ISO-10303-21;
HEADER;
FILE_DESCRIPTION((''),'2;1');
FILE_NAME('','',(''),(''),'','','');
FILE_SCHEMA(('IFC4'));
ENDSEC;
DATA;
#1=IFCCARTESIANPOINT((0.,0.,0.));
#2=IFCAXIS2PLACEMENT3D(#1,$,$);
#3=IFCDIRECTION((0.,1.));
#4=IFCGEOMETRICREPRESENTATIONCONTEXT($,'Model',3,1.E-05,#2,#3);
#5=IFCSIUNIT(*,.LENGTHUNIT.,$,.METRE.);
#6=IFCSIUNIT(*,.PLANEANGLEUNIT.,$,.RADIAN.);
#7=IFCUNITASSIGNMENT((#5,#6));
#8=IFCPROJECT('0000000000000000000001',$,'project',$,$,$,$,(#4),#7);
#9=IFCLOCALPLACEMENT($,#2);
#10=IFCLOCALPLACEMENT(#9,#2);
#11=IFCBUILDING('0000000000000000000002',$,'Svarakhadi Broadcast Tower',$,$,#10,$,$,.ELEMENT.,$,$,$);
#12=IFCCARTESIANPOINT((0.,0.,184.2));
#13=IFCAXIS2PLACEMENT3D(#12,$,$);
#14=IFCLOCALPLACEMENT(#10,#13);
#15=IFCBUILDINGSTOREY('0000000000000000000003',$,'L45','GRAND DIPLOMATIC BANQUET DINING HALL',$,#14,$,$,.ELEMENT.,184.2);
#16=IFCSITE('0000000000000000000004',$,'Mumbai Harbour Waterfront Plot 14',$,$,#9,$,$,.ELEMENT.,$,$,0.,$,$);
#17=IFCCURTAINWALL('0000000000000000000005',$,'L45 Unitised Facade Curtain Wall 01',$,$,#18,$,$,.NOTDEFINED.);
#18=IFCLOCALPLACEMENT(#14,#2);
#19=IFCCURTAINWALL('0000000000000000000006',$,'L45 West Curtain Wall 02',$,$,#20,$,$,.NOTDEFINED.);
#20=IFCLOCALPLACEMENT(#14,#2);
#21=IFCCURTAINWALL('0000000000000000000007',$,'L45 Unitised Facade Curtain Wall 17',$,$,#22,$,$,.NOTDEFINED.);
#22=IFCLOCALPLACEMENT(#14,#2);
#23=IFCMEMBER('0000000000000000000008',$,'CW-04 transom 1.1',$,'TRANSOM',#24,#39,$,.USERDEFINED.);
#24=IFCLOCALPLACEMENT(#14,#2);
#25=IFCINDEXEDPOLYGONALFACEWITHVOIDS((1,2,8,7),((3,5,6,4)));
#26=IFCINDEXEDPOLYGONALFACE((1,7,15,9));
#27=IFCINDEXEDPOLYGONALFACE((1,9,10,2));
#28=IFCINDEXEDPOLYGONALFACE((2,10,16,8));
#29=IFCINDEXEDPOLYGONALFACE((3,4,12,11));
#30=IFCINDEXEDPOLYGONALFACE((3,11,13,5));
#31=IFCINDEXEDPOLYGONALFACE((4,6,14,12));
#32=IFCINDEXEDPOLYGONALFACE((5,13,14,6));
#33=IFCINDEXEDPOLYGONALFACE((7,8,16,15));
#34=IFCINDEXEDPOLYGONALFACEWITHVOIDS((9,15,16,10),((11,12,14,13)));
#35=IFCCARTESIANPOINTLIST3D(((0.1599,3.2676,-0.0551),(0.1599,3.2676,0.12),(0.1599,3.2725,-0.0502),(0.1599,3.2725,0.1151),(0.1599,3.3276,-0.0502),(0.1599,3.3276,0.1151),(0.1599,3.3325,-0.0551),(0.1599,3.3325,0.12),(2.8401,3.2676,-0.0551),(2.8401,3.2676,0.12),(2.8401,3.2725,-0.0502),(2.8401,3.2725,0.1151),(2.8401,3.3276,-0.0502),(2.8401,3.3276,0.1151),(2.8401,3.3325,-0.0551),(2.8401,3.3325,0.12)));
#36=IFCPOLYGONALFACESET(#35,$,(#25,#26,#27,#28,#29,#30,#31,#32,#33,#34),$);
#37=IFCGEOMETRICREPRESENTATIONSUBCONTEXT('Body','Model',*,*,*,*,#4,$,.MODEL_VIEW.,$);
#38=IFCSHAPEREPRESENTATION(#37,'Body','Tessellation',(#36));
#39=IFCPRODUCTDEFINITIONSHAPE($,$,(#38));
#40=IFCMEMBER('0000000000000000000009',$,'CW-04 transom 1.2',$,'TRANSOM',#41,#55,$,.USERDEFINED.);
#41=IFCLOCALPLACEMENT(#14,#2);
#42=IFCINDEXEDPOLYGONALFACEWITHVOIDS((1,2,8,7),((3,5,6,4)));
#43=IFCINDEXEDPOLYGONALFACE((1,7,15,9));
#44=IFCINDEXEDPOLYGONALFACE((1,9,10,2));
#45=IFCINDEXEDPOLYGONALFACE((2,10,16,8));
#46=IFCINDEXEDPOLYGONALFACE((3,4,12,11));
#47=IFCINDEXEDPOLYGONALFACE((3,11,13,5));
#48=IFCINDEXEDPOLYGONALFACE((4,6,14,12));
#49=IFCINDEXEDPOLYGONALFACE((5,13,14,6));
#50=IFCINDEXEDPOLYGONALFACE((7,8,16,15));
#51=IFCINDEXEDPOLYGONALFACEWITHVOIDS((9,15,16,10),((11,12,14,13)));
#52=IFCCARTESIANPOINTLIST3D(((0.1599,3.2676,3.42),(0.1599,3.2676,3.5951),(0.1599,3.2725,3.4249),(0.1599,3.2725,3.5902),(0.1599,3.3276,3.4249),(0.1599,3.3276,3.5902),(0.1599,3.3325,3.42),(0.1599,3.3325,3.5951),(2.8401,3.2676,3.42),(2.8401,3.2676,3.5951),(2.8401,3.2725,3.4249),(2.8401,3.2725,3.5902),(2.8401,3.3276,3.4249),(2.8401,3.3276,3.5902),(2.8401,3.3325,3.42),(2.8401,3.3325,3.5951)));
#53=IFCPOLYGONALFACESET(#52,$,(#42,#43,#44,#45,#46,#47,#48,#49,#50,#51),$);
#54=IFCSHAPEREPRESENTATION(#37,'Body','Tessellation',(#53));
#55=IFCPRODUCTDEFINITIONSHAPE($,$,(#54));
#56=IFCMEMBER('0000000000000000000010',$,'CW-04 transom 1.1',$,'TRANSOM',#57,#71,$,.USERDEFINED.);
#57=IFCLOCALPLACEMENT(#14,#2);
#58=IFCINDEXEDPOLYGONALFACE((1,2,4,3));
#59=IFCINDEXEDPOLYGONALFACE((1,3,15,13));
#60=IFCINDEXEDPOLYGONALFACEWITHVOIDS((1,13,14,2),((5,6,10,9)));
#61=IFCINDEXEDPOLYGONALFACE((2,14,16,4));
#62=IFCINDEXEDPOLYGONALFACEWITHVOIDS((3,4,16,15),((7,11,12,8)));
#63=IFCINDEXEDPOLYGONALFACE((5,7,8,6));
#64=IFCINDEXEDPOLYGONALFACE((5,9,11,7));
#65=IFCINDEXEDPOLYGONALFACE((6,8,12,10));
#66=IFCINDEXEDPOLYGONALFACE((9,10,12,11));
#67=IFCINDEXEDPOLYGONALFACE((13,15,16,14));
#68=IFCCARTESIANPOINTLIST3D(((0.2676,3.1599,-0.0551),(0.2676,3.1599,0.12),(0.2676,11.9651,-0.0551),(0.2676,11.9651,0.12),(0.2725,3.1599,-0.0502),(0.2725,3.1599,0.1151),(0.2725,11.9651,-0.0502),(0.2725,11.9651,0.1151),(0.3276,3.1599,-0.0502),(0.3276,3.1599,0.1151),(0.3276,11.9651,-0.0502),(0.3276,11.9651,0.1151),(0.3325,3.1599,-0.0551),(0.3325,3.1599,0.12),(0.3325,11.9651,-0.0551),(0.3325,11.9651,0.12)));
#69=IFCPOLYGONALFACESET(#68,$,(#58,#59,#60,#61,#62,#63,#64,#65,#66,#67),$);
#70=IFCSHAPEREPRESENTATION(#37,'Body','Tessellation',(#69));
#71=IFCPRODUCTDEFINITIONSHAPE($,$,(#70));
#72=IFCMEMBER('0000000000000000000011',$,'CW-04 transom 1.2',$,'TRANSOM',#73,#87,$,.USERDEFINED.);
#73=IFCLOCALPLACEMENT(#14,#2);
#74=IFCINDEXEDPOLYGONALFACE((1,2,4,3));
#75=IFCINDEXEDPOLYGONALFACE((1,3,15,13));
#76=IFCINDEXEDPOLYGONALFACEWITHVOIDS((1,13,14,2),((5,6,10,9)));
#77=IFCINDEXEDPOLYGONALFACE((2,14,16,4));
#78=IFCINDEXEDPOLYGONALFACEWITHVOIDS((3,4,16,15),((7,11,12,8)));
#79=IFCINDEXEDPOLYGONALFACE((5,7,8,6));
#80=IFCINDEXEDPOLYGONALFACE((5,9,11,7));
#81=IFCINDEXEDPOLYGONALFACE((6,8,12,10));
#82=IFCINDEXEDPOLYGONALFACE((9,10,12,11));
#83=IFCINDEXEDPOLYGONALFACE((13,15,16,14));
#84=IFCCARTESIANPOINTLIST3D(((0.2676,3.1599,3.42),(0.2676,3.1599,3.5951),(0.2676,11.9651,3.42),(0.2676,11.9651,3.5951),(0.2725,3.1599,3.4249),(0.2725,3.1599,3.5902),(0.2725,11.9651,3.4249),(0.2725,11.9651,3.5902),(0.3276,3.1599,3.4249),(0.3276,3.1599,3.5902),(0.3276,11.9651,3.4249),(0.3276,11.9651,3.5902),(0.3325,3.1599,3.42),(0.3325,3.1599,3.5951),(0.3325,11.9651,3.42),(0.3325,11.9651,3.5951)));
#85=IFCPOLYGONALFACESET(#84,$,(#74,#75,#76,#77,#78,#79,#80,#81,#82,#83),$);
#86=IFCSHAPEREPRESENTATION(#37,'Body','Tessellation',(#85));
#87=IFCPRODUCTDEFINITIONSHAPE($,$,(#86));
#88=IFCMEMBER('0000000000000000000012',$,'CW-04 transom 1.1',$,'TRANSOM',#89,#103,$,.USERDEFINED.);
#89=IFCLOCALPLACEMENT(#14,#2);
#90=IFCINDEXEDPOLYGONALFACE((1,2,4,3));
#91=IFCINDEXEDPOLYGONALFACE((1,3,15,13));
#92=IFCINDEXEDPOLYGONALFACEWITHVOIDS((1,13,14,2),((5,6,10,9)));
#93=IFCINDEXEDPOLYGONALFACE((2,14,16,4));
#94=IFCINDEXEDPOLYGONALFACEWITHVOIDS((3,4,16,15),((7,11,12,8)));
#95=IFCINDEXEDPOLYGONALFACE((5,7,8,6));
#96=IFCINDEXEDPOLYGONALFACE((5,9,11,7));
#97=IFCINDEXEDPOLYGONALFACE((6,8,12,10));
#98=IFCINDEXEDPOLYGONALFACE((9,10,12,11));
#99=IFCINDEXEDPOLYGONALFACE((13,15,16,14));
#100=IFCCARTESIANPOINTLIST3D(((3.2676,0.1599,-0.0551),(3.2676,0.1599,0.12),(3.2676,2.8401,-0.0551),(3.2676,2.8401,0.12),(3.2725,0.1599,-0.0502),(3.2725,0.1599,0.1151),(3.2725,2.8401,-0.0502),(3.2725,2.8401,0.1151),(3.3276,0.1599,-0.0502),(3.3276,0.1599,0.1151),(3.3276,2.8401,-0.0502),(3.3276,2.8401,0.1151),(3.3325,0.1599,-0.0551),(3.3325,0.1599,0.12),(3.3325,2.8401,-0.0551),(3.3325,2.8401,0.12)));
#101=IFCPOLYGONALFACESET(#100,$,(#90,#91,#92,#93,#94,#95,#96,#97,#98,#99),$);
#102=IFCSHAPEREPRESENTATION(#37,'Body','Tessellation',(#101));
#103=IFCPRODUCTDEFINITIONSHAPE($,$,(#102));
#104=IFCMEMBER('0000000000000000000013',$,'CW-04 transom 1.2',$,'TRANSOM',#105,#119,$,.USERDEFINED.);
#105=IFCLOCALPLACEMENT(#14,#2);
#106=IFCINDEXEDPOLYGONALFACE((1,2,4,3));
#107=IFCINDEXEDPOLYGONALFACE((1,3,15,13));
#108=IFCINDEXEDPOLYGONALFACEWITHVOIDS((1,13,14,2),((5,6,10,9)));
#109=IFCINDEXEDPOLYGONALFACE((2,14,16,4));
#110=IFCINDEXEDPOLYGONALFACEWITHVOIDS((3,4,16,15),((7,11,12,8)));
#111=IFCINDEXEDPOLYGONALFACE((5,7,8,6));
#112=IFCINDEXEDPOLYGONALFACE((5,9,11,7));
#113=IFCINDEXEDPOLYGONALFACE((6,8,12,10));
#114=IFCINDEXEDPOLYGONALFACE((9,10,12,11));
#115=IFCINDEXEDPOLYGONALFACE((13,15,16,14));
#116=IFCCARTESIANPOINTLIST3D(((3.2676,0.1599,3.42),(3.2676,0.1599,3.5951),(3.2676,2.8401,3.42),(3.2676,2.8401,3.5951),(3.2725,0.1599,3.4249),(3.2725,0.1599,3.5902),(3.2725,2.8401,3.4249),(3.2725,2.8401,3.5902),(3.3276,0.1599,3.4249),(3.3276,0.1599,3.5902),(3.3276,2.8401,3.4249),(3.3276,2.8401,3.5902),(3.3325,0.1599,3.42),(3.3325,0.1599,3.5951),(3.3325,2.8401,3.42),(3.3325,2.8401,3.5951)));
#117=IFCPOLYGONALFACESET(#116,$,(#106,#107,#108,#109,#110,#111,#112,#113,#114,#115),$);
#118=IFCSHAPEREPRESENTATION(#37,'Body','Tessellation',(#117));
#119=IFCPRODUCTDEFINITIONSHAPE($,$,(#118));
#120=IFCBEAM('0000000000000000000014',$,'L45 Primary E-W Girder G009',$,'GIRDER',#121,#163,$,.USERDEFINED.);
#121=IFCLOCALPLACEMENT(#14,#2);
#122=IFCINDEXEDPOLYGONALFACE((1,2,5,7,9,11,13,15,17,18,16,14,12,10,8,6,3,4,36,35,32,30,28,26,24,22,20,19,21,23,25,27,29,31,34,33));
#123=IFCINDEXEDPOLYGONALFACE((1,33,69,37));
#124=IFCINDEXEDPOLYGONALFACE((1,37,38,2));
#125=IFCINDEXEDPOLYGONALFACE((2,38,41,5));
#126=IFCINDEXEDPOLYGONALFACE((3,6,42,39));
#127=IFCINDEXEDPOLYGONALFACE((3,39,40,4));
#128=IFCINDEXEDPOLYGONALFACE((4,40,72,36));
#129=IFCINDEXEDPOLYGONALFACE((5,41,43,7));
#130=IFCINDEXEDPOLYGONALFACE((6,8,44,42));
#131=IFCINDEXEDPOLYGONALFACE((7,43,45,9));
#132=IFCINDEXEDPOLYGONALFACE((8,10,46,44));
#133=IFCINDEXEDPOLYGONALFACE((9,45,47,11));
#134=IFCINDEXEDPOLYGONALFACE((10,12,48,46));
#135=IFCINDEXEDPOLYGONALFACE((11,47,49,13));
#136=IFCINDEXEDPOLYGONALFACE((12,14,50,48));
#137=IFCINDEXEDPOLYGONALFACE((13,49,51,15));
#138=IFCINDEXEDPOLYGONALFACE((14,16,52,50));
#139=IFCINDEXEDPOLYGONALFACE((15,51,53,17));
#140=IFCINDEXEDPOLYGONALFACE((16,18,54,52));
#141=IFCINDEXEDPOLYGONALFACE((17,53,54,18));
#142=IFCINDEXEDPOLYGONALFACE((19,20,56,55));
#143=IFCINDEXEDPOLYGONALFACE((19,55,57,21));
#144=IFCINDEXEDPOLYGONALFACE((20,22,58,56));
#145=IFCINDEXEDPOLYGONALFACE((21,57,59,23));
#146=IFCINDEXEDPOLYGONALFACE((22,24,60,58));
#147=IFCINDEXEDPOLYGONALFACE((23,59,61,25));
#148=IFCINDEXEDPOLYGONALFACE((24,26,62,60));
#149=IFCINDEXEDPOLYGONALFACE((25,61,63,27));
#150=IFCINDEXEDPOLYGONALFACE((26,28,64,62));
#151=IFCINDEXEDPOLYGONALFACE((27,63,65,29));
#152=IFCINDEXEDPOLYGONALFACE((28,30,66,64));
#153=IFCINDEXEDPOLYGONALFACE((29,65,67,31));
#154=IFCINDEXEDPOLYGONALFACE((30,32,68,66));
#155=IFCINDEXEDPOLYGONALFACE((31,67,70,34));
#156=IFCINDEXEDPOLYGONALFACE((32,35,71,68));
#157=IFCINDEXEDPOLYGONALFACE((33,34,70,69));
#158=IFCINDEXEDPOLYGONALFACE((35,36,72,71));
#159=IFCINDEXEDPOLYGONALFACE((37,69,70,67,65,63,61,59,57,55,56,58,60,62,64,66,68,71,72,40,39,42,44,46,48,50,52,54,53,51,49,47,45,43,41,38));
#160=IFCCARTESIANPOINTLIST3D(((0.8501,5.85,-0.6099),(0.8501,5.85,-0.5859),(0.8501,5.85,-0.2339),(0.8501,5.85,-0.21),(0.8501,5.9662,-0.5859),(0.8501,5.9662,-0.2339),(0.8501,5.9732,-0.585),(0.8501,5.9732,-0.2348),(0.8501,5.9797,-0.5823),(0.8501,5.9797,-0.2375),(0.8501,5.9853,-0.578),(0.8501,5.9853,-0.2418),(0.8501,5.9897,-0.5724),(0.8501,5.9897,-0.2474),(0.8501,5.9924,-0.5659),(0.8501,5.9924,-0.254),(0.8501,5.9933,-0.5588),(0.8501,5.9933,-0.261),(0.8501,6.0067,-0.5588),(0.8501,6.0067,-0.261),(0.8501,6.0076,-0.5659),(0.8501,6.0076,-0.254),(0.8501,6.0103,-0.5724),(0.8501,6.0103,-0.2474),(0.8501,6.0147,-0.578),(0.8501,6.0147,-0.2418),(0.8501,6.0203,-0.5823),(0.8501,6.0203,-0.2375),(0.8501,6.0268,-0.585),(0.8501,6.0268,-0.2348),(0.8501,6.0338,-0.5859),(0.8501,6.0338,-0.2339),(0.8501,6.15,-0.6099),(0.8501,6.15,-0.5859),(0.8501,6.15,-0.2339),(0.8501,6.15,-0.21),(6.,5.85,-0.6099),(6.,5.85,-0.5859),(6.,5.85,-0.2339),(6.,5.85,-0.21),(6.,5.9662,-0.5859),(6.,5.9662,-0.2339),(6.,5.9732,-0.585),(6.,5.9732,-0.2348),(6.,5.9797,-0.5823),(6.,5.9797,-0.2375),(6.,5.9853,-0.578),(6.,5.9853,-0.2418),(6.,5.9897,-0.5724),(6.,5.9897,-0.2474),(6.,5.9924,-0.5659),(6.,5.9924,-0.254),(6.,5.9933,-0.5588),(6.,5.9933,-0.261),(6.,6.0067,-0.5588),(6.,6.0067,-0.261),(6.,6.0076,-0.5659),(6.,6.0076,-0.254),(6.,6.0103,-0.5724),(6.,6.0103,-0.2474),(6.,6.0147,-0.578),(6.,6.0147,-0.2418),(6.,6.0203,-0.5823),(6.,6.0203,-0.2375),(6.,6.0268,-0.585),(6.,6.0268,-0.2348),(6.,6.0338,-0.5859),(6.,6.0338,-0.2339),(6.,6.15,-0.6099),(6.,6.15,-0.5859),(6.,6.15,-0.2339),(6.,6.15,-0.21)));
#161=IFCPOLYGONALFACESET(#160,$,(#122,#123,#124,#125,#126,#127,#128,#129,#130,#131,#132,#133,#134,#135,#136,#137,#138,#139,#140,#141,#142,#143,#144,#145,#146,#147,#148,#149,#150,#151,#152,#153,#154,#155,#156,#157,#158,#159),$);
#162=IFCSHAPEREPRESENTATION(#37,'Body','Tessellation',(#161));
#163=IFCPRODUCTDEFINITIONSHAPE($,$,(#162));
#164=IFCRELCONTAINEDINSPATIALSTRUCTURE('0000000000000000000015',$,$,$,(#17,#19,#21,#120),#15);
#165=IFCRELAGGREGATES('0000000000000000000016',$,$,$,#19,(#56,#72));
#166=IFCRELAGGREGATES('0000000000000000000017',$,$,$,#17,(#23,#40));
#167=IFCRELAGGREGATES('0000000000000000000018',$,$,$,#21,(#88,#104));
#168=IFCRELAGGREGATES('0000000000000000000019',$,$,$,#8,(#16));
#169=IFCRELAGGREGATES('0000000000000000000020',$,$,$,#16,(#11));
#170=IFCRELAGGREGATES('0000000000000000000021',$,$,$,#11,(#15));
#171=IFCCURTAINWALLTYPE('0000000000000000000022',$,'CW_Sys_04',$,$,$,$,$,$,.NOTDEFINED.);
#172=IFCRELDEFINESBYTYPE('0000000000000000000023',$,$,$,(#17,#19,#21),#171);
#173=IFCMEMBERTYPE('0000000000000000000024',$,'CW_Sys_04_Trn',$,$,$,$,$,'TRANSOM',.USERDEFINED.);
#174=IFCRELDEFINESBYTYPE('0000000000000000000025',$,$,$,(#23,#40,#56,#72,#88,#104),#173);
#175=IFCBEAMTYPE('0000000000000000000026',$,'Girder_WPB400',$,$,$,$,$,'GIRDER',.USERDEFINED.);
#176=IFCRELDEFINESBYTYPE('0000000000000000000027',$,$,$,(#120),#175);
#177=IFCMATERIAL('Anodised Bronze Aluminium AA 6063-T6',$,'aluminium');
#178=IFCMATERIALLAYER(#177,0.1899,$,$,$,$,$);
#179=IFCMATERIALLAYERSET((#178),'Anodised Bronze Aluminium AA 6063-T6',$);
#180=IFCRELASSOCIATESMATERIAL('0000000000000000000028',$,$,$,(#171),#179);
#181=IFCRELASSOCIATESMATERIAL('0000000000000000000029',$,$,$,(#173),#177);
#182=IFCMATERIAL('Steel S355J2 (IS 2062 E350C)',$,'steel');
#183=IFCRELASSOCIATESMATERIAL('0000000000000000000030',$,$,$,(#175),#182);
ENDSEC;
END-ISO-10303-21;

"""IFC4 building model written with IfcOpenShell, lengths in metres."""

from ifc_helpers import new_model, si_unit, direction, frame, origin, origin_2d, place, context, subcontext, project, spatial, hollow_rectangle, i_section, extrude, material, layer, layer_set, material_profile, profile_set, type_object, element, aggregate, save


model = new_model("IFC4")

# Units and contexts
model_context = context("Model", 3, precision=1e-05, world=origin(), true_north=direction((0.0, 1.0)))
body_context = subcontext(model_context, "Body", "Model", "MODEL_VIEW")
ifc_project = project(units=[si_unit("LENGTHUNIT", "METRE"), si_unit("PLANEANGLEUNIT", "RADIAN")], contexts=[model_context])

# Site, building, storey
site_placement = place(None, origin())
site = spatial("IfcSite", under=ifc_project, at=site_placement, Name="Mumbai Harbour Waterfront Plot 14", CompositionType="ELEMENT", RefElevation=0.0)
building_placement = place(site_placement, origin())
building = spatial("IfcBuilding", under=site, at=building_placement, Name="Svarakhadi Broadcast Tower", CompositionType="ELEMENT")
storey_placement = place(building_placement, frame((0.0, 0.0, 184.2)))
storey = spatial("IfcBuildingStorey", under=building, at=storey_placement, Name="L45", Description="GRAND DIPLOMATIC BANQUET DINING HALL", CompositionType="ELEMENT", Elevation=184.2)

# Curtain wall
ifc_material_1 = material(Name="Anodised Bronze Aluminium AA 6063-T6", Category="aluminium")
ifc_layer_1 = layer(ifc_material_1, 0.1899)
ifc_layer_set_1 = layer_set([ifc_layer_1], Name="Anodised Bronze Aluminium AA 6063-T6")
curtain_wall_type = type_object("IfcCurtainWallType", Name="CW_Sys_04", PredefinedType="NOTDEFINED", material=ifc_layer_set_1)
curtain_wall_1_placement = place(storey_placement, origin())
curtain_wall_1 = element("IfcCurtainWall", 1, at=curtain_wall_1_placement, inside=storey, type_object=curtain_wall_type, Name="L45 Unitised Facade Curtain Wall 01", PredefinedType="NOTDEFINED")

# Curtain wall
curtain_wall_2_placement = place(storey_placement, origin())
curtain_wall_2 = element("IfcCurtainWall", 2, at=curtain_wall_2_placement, inside=storey, type_object=curtain_wall_type, Name="L45 West Curtain Wall 02", PredefinedType="NOTDEFINED")

# Curtain wall
curtain_wall_3_placement = place(storey_placement, origin())
curtain_wall_3 = element("IfcCurtainWall", 3, at=curtain_wall_3_placement, inside=storey, type_object=curtain_wall_type, Name="L45 Unitised Facade Curtain Wall 17", PredefinedType="NOTDEFINED")

# Members
ifc_material_profile_1 = material_profile(ifc_material_1, hollow_rectangle(XDim=0.0649, YDim=0.175, WallThickness=0.0049, at=origin_2d()), Name="ALU TRANSOM 175x65x5")
ifc_profile_set_1 = profile_set([ifc_material_profile_1], Name="Anodised Bronze Aluminium AA 6063-T6")
member_type_1 = type_object("IfcMemberType", Name="CW_Sys_04_Trn", ElementType="TRANSOM", PredefinedType="USERDEFINED", material=ifc_profile_set_1)
member_1_placement = place(storey_placement, frame((2.8401, 3.3, 0.0325), z_axis=(-1.0, 0.0, 0.0), x_axis=(0.0, -1.0, 0.0)))
member_1 = element("IfcMember", 4, at=member_1_placement, type_object=member_type_1, Name="CW-04 transom 1.1", ObjectType="TRANSOM", PredefinedType="USERDEFINED", context=body_context, shape_type="SweptSolid", body=[
    extrude(hollow_rectangle(XDim=0.0649, YDim=0.175, WallThickness=0.0049, at=origin_2d()), origin(), (0.0, 0.0, 1.0), 2.6802),
])
member_2_placement = place(storey_placement, frame((2.8401, 3.3, 3.5076), z_axis=(-1.0, 0.0, 0.0), x_axis=(0.0, -1.0, 0.0)))
member_2 = element("IfcMember", 5, at=member_2_placement, type_object=member_type_1, Name="CW-04 transom 1.2", ObjectType="TRANSOM", PredefinedType="USERDEFINED", context=body_context, shape_type="SweptSolid", body=[
    extrude(hollow_rectangle(XDim=0.0649, YDim=0.175, WallThickness=0.0049, at=origin_2d()), origin(), (0.0, 0.0, 1.0), 2.6802),
])
member_3_placement = place(storey_placement, frame((0.3, 3.1599, 0.0325), z_axis=(0.0, 1.0, 0.0), x_axis=(-1.0, 0.0, 0.0)))
member_3 = element("IfcMember", 6, at=member_3_placement, type_object=member_type_1, Name="CW-04 transom 1.1", ObjectType="TRANSOM", PredefinedType="USERDEFINED", context=body_context, shape_type="SweptSolid", body=[
    extrude(hollow_rectangle(XDim=0.0649, YDim=0.175, WallThickness=0.0049, at=origin_2d()), origin(), (0.0, 0.0, 1.0), 8.8052),
])
member_4_placement = place(storey_placement, frame((0.3, 3.1599, 3.5076), z_axis=(0.0, 1.0, 0.0), x_axis=(-1.0, 0.0, 0.0)))
member_4 = element("IfcMember", 7, at=member_4_placement, type_object=member_type_1, Name="CW-04 transom 1.2", ObjectType="TRANSOM", PredefinedType="USERDEFINED", context=body_context, shape_type="SweptSolid", body=[
    extrude(hollow_rectangle(XDim=0.0649, YDim=0.175, WallThickness=0.0049, at=origin_2d()), origin(), (0.0, 0.0, 1.0), 8.8052),
])
aggregate(curtain_wall_2, [member_3, member_4])
member_5_placement = place(storey_placement, frame((3.3, 0.1599, 0.0325), z_axis=(0.0, 1.0, 0.0), x_axis=(-1.0, 0.0, 0.0)))
member_5 = element("IfcMember", 8, at=member_5_placement, type_object=member_type_1, Name="CW-04 transom 1.1", ObjectType="TRANSOM", PredefinedType="USERDEFINED", context=body_context, shape_type="SweptSolid", body=[
    extrude(hollow_rectangle(XDim=0.0649, YDim=0.175, WallThickness=0.0049, at=origin_2d()), origin(), (0.0, 0.0, 1.0), 2.6802),
])
member_6_placement = place(storey_placement, frame((3.3, 0.1599, 3.5076), z_axis=(0.0, 1.0, 0.0), x_axis=(-1.0, 0.0, 0.0)))
member_6 = element("IfcMember", 9, at=member_6_placement, type_object=member_type_1, Name="CW-04 transom 1.2", ObjectType="TRANSOM", PredefinedType="USERDEFINED", context=body_context, shape_type="SweptSolid", body=[
    extrude(hollow_rectangle(XDim=0.0649, YDim=0.175, WallThickness=0.0049, at=origin_2d()), origin(), (0.0, 0.0, 1.0), 2.6802),
])

# Beam
ifc_material_2 = material(Name="Steel S355J2 (IS 2062 E350C)", Category="steel")
ifc_material_profile_2 = material_profile(ifc_material_2, i_section(OverallWidth=0.3, OverallDepth=0.3999, WebThickness=0.0134, FlangeThickness=0.0239, FilletRadius=0.0271, at=origin_2d()), Name="WPB 400x300x155")
ifc_profile_set_2 = profile_set([ifc_material_profile_2], Name="Steel S355J2 (IS 2062 E350C)")
beam_type = type_object("IfcBeamType", Name="Girder_WPB400", ElementType="GIRDER", PredefinedType="USERDEFINED", material=ifc_profile_set_2)
beam_1_placement = place(storey_placement, frame((0.8501, 6.0, -0.4099), z_axis=(1.0, 0.0, 0.0), x_axis=(0.0, 1.0, 0.0)))
element("IfcBeam", 10, at=beam_1_placement, inside=storey, type_object=beam_type, Name="L45 Primary E-W Girder G009", ObjectType="GIRDER", PredefinedType="USERDEFINED", context=body_context, shape_type="SweptSolid", body=[
    extrude(i_section(OverallWidth=0.3, OverallDepth=0.3999, WebThickness=0.0134, FlangeThickness=0.0239, FilletRadius=0.0271, at=origin_2d()), origin(), (0.0, 0.0, 1.0), 5.1499),
])

aggregate(curtain_wall_1, [member_1, member_2])
aggregate(curtain_wall_3, [member_5, member_6])

save(model, "model.ifc")
